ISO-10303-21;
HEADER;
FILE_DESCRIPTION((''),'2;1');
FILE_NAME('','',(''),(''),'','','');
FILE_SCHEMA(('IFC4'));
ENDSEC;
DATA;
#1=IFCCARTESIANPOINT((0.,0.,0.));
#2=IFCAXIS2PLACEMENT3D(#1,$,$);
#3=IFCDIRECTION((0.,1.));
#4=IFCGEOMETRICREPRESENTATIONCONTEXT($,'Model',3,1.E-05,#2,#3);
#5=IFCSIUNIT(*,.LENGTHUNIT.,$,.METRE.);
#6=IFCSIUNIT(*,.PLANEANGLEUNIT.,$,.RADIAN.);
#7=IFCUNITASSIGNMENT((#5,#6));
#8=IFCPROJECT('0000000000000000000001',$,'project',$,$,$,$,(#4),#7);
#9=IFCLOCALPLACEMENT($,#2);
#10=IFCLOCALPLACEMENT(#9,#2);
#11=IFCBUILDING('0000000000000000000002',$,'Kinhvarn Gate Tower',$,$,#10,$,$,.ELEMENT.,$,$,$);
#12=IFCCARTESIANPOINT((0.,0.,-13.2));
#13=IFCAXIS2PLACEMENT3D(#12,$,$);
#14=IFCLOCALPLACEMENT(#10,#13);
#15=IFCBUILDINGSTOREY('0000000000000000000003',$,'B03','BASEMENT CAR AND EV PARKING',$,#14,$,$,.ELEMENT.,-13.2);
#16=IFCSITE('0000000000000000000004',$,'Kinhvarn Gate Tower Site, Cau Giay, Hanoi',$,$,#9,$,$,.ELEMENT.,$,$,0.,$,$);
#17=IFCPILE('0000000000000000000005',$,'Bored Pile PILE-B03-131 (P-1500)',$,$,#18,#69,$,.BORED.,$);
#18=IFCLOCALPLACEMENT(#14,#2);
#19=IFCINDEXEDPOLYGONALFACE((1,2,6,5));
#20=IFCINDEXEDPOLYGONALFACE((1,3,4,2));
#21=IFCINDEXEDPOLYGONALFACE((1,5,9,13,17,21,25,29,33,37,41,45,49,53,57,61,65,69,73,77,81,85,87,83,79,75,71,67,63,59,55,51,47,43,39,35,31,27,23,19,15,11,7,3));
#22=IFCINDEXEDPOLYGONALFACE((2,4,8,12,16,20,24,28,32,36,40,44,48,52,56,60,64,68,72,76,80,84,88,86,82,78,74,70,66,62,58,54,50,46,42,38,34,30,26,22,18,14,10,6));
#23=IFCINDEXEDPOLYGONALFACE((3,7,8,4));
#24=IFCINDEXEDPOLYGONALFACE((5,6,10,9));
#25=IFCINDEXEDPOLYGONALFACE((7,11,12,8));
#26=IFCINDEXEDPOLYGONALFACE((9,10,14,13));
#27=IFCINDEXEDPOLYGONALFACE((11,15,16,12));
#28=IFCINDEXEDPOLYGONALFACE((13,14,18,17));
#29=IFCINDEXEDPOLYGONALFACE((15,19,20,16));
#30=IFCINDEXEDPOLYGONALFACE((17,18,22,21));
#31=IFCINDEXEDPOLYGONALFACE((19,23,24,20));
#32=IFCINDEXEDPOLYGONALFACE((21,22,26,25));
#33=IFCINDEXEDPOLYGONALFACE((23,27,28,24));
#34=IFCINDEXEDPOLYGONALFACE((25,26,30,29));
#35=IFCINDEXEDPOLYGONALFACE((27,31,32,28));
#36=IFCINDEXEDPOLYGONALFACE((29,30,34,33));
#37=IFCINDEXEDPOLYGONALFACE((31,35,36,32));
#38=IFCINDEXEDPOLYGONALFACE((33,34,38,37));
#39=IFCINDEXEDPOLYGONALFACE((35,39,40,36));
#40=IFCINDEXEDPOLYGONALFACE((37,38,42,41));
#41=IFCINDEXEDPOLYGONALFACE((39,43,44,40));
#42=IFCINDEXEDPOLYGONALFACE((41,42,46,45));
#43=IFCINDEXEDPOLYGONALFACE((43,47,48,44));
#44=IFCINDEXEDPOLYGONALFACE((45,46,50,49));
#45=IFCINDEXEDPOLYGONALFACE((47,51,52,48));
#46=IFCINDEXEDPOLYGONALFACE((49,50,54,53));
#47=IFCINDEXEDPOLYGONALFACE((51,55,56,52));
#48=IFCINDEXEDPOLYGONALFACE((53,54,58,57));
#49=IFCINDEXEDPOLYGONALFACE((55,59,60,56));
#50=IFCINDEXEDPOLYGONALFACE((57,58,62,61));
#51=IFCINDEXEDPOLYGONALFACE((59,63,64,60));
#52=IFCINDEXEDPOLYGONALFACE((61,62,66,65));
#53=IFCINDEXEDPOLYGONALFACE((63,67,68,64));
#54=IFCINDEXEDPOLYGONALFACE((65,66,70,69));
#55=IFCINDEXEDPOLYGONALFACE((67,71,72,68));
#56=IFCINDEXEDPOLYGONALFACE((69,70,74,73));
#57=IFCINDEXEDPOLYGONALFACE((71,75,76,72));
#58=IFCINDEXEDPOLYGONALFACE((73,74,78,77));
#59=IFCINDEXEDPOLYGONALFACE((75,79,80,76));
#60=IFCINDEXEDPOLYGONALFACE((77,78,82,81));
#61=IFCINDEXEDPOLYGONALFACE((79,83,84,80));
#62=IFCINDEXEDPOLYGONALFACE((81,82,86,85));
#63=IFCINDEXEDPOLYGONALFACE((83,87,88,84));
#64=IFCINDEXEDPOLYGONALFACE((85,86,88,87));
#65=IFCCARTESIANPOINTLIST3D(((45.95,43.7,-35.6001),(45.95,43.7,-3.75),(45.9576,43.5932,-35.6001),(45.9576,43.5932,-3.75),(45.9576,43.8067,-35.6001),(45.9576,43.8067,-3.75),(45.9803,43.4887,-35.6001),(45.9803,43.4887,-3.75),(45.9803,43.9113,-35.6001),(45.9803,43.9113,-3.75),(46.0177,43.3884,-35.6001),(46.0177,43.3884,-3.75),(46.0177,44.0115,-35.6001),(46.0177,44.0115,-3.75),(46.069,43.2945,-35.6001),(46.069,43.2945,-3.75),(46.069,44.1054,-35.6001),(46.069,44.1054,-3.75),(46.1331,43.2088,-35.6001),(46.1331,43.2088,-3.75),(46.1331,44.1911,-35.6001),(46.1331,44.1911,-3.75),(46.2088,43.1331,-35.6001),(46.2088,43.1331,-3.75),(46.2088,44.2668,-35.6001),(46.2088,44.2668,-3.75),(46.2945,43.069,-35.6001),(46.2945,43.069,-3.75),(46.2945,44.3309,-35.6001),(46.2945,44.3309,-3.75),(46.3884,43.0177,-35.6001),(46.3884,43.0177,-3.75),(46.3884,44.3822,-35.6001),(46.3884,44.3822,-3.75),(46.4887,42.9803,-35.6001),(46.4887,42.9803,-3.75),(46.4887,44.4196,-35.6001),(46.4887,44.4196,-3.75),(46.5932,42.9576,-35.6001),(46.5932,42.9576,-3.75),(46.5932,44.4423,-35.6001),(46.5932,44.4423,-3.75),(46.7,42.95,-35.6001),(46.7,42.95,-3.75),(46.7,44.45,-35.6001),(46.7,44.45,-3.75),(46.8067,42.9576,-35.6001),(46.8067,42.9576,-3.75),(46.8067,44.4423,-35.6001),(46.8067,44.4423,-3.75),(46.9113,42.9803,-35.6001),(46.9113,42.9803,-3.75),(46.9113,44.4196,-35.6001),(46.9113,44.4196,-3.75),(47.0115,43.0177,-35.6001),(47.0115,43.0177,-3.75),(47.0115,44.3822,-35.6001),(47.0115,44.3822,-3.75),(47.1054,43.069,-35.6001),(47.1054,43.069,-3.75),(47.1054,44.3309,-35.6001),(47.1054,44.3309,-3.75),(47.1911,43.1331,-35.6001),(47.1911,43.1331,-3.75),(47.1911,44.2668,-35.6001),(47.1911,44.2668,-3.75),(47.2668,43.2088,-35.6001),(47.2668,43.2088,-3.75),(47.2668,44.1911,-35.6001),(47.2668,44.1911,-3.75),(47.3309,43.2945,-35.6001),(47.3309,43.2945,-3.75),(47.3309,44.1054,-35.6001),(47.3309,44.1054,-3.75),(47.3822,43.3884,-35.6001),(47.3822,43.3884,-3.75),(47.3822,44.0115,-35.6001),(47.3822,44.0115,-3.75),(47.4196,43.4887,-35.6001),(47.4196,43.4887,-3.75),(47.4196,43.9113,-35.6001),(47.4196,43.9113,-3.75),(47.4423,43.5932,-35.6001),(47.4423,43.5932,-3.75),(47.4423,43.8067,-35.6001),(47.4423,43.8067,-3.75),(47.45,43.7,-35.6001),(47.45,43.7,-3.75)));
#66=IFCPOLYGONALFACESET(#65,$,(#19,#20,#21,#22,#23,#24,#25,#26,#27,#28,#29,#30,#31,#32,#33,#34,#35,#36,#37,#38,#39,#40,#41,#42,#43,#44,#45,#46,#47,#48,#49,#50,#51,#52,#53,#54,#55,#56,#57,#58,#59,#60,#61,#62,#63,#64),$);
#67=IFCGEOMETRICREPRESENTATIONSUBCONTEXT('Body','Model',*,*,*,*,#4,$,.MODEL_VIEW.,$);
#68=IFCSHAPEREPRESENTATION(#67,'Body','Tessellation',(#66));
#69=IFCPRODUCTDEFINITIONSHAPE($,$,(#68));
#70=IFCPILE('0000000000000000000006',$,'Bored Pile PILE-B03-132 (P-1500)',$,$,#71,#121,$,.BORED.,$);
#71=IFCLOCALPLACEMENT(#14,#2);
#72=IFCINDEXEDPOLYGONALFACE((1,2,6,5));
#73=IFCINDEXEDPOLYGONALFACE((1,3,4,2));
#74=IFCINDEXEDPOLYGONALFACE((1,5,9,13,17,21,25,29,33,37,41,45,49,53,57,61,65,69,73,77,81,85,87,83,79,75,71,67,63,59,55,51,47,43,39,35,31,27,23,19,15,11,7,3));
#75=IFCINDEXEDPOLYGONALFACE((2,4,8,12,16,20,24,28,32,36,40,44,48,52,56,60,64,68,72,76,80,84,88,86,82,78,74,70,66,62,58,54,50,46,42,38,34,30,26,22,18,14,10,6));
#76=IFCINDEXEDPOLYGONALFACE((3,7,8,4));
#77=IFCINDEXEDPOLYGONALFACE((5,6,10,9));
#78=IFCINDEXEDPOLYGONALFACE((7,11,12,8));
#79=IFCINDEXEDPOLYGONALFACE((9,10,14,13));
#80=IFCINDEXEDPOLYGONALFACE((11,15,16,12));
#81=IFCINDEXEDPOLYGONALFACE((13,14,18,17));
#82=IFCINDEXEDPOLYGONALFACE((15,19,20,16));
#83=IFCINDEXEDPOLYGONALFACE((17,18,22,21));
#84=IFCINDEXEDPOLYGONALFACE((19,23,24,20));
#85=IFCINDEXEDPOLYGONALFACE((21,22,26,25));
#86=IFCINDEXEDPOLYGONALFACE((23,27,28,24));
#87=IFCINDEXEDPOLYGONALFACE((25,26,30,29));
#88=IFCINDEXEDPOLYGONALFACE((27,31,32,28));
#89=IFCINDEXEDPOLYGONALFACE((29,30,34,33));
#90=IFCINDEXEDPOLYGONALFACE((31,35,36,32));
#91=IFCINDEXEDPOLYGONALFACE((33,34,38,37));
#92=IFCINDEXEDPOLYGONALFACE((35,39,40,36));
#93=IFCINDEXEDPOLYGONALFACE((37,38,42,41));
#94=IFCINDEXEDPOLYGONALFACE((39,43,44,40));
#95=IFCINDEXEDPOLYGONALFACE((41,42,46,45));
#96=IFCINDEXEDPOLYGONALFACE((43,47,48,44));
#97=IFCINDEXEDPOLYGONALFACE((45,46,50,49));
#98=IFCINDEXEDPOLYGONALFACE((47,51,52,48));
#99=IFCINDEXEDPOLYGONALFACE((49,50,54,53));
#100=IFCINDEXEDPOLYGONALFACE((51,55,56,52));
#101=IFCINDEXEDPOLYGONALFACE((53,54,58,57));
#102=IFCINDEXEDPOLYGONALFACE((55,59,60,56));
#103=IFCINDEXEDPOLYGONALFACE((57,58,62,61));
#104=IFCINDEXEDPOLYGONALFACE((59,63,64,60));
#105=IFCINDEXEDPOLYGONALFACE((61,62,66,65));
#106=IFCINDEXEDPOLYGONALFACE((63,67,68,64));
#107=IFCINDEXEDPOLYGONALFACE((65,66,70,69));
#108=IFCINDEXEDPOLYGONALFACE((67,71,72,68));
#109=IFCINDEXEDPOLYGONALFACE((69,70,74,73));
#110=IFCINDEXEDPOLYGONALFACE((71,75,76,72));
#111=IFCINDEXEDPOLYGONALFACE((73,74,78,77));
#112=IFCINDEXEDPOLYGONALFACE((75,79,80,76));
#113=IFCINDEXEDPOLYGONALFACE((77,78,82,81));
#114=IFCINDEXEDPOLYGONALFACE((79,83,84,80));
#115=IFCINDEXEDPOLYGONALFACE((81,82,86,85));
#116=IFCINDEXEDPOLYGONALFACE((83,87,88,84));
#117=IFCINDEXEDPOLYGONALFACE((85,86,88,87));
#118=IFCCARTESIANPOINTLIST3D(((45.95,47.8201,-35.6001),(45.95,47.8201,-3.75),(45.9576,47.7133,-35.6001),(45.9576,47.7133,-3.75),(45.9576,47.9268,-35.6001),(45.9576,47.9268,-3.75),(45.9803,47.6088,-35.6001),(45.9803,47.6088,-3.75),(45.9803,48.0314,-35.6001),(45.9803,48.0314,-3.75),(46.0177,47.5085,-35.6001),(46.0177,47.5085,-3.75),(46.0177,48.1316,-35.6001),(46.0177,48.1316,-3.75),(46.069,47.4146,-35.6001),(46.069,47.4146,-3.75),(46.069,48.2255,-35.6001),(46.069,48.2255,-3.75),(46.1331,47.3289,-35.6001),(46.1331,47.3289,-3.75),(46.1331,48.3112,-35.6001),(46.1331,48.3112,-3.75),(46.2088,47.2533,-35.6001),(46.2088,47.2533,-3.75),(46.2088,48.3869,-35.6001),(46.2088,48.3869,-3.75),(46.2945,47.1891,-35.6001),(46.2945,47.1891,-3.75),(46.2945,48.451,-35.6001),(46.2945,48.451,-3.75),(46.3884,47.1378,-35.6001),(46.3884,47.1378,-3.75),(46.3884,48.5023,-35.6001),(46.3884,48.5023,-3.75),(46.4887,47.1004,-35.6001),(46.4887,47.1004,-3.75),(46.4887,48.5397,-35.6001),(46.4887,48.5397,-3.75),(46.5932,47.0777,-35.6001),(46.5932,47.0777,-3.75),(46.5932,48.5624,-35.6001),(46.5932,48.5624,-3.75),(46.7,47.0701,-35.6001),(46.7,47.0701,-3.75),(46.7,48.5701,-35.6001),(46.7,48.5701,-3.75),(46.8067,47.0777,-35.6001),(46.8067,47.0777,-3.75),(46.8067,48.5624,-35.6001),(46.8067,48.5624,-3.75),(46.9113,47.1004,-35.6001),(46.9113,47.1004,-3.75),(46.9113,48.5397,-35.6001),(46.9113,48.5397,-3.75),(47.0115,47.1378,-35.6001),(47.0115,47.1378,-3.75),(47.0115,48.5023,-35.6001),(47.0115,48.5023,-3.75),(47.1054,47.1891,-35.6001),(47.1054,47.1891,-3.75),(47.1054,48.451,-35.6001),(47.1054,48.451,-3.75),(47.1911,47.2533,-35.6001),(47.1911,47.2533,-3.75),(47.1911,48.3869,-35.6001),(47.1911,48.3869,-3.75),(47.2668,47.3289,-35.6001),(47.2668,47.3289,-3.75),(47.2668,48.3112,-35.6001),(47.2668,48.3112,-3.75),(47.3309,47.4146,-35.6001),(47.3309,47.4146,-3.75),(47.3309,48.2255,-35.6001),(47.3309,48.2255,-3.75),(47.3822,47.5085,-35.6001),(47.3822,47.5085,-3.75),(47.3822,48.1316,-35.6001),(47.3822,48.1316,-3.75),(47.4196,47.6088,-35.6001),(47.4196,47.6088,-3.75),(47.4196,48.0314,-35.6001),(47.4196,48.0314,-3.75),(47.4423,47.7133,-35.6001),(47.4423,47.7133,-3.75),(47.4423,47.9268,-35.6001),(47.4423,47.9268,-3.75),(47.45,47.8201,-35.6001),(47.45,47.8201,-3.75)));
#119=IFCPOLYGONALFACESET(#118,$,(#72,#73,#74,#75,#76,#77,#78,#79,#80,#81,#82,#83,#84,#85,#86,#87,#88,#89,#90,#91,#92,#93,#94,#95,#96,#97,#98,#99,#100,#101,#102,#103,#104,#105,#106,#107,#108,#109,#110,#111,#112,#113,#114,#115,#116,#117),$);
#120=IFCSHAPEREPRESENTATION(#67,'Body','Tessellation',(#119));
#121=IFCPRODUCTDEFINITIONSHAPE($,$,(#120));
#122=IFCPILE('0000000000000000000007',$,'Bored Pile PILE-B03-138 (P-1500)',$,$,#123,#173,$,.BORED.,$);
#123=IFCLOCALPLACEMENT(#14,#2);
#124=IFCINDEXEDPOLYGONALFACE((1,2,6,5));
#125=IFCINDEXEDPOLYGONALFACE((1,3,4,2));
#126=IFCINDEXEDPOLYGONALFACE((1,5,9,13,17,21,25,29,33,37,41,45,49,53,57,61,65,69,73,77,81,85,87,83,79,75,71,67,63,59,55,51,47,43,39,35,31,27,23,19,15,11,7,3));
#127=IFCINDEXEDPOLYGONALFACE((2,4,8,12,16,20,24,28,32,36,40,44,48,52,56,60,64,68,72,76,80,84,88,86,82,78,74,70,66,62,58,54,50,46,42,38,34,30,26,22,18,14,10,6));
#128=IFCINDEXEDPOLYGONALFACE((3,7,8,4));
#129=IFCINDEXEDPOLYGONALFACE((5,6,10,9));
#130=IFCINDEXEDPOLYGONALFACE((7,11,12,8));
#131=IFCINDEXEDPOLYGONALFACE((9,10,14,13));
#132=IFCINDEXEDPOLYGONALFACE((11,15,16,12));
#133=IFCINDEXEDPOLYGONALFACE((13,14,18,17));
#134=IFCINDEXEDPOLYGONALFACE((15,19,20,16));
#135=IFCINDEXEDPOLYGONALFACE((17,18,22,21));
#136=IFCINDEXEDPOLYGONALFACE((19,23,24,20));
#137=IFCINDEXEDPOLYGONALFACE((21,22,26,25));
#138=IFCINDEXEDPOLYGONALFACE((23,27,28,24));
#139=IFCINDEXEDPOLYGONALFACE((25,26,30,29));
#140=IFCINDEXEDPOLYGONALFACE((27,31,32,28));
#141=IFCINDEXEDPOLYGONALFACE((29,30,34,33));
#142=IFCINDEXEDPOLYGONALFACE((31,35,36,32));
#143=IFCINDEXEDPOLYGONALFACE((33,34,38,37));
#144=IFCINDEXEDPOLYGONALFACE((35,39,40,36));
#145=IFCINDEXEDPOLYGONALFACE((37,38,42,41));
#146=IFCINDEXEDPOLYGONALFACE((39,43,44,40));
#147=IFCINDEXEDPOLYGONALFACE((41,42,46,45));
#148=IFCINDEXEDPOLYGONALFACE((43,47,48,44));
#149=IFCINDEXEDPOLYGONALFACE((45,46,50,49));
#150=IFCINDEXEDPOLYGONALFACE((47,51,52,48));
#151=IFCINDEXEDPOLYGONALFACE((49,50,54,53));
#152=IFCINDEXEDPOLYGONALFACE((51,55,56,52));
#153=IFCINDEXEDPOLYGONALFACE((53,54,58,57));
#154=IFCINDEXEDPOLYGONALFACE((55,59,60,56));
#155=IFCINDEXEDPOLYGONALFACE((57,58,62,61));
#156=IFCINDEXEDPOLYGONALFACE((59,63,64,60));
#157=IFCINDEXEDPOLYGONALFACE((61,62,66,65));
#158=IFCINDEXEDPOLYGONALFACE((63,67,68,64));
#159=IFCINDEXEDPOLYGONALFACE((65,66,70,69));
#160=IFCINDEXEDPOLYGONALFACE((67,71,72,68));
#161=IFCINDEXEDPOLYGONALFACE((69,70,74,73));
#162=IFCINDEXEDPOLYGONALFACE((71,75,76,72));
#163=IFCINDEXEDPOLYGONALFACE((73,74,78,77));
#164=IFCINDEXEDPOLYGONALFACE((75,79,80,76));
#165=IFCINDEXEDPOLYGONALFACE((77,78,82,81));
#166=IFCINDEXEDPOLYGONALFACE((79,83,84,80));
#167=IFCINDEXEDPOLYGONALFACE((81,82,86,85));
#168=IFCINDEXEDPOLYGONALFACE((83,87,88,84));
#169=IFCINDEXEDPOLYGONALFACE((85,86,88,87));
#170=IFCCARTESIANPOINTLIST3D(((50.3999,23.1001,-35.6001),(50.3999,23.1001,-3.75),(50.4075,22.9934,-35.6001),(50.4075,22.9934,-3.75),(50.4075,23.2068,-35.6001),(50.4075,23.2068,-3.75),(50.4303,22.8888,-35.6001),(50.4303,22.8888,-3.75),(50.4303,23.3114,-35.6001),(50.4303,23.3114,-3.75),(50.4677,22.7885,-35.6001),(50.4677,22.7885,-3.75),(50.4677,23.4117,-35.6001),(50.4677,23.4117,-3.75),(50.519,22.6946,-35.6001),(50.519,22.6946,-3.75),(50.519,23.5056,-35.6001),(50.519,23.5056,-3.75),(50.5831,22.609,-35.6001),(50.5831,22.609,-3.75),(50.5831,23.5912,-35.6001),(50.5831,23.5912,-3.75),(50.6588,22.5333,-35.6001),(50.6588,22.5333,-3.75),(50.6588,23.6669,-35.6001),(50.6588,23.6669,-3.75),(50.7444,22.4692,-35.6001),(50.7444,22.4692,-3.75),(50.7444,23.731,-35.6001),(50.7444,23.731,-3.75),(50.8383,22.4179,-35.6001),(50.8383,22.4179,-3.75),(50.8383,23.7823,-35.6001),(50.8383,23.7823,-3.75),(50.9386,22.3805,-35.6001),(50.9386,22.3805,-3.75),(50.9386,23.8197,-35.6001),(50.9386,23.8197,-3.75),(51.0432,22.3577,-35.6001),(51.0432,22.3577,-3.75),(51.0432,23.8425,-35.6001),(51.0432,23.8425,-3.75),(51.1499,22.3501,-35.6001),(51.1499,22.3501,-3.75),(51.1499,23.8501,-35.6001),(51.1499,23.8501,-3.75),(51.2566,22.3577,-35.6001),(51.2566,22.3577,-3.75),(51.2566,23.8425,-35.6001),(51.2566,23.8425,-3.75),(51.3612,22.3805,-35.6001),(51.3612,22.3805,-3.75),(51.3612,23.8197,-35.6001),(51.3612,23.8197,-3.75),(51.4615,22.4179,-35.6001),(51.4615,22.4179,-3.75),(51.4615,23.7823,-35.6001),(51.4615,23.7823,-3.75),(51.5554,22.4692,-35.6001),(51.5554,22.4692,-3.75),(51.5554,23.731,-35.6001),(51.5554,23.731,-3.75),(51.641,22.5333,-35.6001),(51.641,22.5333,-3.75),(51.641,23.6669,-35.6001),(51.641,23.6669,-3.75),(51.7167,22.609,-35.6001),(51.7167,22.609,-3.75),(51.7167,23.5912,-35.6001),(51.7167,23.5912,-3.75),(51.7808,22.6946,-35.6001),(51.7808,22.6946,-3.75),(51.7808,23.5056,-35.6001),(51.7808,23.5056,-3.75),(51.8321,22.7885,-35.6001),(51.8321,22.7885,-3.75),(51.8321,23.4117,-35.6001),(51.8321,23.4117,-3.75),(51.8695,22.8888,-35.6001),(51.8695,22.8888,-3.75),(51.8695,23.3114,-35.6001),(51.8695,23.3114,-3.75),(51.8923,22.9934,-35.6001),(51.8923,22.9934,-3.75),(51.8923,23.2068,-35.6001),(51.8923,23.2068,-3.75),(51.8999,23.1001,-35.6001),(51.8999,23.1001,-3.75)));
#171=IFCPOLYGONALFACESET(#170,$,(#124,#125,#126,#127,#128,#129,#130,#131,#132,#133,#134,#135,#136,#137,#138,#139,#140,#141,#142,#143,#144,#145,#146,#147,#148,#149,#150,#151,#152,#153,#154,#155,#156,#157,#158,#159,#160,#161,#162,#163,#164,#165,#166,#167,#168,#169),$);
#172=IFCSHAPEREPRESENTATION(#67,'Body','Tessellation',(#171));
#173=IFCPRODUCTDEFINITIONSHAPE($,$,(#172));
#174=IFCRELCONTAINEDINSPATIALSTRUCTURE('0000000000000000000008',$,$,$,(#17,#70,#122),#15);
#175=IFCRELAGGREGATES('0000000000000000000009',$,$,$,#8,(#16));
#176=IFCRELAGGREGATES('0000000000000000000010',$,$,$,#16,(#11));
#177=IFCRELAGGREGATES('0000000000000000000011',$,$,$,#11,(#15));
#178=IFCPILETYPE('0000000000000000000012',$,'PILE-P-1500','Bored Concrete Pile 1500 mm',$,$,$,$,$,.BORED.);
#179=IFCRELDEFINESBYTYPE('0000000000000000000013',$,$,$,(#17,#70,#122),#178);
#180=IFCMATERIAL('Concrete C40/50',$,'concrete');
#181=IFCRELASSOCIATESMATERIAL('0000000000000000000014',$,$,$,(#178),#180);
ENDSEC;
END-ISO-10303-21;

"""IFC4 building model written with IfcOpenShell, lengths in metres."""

from ifc_helpers import new_model, si_unit, direction, frame, origin, origin_2d, place, context, subcontext, project, spatial, circle, extrude, material, material_profile, profile_set, type_object, element, save


model = new_model("IFC4")

# Units and contexts
model_context = context("Model", 3, precision=1e-05, world=origin(), true_north=direction((0.0, 1.0)))
body_context = subcontext(model_context, "Body", "Model", "MODEL_VIEW")
ifc_project = project(units=[si_unit("LENGTHUNIT", "METRE"), si_unit("PLANEANGLEUNIT", "RADIAN")], contexts=[model_context])

# Site, building, storey
site_placement = place(None, origin())
site = spatial("IfcSite", under=ifc_project, at=site_placement, Name="Kinhvarn Gate Tower Site, Cau Giay, Hanoi", CompositionType="ELEMENT", RefElevation=0.0)
building_placement = place(site_placement, origin())
building = spatial("IfcBuilding", under=site, at=building_placement, Name="Kinhvarn Gate Tower", CompositionType="ELEMENT")
storey_placement = place(building_placement, frame((0.0, 0.0, -13.2)))
storey = spatial("IfcBuildingStorey", under=building, at=storey_placement, Name="B03", Description="BASEMENT CAR AND EV PARKING", CompositionType="ELEMENT", Elevation=-13.2)

# Piles
ifc_material = material(Name="Concrete C40/50", Category="concrete")
ifc_material_profile_1 = material_profile(ifc_material, circle(Radius=0.75, at=origin_2d()), Name="PILE D1500")
ifc_profile_set_1 = profile_set([ifc_material_profile_1], Name="Concrete C40/50")
pile_type_1 = type_object("IfcPileType", Name="PILE-P-1500", Description="Bored Concrete Pile 1500 mm", PredefinedType="BORED", material=ifc_profile_set_1)
for number, where, z_axis, x_axis, name in (
    (1, (46.7, 43.7, -35.6001), (0.0, 0.0, 1.0), (1.0, 0.0, 0.0), "Bored Pile PILE-B03-131 (P-1500)"),
    (2, (46.7, 47.8201, -35.6001), (0.0, 0.0, 1.0), (1.0, 0.0, 0.0), "Bored Pile PILE-B03-132 (P-1500)"),
    (3, (51.1499, 23.1001, -35.6001), (0.0, 0.0, 1.0), (1.0, 0.0, 0.0), "Bored Pile PILE-B03-138 (P-1500)"),
):
    element("IfcPile", number, at=place(storey_placement, frame(where, z_axis=z_axis, x_axis=x_axis)), inside=storey, type_object=pile_type_1, Name=name, PredefinedType="BORED", context=body_context, shape_type="SweptSolid", body=[
        extrude(circle(Radius=0.75, at=origin_2d()), origin(), (0.0, 0.0, 1.0), 31.8501),
    ])

save(model, "model.ifc")
